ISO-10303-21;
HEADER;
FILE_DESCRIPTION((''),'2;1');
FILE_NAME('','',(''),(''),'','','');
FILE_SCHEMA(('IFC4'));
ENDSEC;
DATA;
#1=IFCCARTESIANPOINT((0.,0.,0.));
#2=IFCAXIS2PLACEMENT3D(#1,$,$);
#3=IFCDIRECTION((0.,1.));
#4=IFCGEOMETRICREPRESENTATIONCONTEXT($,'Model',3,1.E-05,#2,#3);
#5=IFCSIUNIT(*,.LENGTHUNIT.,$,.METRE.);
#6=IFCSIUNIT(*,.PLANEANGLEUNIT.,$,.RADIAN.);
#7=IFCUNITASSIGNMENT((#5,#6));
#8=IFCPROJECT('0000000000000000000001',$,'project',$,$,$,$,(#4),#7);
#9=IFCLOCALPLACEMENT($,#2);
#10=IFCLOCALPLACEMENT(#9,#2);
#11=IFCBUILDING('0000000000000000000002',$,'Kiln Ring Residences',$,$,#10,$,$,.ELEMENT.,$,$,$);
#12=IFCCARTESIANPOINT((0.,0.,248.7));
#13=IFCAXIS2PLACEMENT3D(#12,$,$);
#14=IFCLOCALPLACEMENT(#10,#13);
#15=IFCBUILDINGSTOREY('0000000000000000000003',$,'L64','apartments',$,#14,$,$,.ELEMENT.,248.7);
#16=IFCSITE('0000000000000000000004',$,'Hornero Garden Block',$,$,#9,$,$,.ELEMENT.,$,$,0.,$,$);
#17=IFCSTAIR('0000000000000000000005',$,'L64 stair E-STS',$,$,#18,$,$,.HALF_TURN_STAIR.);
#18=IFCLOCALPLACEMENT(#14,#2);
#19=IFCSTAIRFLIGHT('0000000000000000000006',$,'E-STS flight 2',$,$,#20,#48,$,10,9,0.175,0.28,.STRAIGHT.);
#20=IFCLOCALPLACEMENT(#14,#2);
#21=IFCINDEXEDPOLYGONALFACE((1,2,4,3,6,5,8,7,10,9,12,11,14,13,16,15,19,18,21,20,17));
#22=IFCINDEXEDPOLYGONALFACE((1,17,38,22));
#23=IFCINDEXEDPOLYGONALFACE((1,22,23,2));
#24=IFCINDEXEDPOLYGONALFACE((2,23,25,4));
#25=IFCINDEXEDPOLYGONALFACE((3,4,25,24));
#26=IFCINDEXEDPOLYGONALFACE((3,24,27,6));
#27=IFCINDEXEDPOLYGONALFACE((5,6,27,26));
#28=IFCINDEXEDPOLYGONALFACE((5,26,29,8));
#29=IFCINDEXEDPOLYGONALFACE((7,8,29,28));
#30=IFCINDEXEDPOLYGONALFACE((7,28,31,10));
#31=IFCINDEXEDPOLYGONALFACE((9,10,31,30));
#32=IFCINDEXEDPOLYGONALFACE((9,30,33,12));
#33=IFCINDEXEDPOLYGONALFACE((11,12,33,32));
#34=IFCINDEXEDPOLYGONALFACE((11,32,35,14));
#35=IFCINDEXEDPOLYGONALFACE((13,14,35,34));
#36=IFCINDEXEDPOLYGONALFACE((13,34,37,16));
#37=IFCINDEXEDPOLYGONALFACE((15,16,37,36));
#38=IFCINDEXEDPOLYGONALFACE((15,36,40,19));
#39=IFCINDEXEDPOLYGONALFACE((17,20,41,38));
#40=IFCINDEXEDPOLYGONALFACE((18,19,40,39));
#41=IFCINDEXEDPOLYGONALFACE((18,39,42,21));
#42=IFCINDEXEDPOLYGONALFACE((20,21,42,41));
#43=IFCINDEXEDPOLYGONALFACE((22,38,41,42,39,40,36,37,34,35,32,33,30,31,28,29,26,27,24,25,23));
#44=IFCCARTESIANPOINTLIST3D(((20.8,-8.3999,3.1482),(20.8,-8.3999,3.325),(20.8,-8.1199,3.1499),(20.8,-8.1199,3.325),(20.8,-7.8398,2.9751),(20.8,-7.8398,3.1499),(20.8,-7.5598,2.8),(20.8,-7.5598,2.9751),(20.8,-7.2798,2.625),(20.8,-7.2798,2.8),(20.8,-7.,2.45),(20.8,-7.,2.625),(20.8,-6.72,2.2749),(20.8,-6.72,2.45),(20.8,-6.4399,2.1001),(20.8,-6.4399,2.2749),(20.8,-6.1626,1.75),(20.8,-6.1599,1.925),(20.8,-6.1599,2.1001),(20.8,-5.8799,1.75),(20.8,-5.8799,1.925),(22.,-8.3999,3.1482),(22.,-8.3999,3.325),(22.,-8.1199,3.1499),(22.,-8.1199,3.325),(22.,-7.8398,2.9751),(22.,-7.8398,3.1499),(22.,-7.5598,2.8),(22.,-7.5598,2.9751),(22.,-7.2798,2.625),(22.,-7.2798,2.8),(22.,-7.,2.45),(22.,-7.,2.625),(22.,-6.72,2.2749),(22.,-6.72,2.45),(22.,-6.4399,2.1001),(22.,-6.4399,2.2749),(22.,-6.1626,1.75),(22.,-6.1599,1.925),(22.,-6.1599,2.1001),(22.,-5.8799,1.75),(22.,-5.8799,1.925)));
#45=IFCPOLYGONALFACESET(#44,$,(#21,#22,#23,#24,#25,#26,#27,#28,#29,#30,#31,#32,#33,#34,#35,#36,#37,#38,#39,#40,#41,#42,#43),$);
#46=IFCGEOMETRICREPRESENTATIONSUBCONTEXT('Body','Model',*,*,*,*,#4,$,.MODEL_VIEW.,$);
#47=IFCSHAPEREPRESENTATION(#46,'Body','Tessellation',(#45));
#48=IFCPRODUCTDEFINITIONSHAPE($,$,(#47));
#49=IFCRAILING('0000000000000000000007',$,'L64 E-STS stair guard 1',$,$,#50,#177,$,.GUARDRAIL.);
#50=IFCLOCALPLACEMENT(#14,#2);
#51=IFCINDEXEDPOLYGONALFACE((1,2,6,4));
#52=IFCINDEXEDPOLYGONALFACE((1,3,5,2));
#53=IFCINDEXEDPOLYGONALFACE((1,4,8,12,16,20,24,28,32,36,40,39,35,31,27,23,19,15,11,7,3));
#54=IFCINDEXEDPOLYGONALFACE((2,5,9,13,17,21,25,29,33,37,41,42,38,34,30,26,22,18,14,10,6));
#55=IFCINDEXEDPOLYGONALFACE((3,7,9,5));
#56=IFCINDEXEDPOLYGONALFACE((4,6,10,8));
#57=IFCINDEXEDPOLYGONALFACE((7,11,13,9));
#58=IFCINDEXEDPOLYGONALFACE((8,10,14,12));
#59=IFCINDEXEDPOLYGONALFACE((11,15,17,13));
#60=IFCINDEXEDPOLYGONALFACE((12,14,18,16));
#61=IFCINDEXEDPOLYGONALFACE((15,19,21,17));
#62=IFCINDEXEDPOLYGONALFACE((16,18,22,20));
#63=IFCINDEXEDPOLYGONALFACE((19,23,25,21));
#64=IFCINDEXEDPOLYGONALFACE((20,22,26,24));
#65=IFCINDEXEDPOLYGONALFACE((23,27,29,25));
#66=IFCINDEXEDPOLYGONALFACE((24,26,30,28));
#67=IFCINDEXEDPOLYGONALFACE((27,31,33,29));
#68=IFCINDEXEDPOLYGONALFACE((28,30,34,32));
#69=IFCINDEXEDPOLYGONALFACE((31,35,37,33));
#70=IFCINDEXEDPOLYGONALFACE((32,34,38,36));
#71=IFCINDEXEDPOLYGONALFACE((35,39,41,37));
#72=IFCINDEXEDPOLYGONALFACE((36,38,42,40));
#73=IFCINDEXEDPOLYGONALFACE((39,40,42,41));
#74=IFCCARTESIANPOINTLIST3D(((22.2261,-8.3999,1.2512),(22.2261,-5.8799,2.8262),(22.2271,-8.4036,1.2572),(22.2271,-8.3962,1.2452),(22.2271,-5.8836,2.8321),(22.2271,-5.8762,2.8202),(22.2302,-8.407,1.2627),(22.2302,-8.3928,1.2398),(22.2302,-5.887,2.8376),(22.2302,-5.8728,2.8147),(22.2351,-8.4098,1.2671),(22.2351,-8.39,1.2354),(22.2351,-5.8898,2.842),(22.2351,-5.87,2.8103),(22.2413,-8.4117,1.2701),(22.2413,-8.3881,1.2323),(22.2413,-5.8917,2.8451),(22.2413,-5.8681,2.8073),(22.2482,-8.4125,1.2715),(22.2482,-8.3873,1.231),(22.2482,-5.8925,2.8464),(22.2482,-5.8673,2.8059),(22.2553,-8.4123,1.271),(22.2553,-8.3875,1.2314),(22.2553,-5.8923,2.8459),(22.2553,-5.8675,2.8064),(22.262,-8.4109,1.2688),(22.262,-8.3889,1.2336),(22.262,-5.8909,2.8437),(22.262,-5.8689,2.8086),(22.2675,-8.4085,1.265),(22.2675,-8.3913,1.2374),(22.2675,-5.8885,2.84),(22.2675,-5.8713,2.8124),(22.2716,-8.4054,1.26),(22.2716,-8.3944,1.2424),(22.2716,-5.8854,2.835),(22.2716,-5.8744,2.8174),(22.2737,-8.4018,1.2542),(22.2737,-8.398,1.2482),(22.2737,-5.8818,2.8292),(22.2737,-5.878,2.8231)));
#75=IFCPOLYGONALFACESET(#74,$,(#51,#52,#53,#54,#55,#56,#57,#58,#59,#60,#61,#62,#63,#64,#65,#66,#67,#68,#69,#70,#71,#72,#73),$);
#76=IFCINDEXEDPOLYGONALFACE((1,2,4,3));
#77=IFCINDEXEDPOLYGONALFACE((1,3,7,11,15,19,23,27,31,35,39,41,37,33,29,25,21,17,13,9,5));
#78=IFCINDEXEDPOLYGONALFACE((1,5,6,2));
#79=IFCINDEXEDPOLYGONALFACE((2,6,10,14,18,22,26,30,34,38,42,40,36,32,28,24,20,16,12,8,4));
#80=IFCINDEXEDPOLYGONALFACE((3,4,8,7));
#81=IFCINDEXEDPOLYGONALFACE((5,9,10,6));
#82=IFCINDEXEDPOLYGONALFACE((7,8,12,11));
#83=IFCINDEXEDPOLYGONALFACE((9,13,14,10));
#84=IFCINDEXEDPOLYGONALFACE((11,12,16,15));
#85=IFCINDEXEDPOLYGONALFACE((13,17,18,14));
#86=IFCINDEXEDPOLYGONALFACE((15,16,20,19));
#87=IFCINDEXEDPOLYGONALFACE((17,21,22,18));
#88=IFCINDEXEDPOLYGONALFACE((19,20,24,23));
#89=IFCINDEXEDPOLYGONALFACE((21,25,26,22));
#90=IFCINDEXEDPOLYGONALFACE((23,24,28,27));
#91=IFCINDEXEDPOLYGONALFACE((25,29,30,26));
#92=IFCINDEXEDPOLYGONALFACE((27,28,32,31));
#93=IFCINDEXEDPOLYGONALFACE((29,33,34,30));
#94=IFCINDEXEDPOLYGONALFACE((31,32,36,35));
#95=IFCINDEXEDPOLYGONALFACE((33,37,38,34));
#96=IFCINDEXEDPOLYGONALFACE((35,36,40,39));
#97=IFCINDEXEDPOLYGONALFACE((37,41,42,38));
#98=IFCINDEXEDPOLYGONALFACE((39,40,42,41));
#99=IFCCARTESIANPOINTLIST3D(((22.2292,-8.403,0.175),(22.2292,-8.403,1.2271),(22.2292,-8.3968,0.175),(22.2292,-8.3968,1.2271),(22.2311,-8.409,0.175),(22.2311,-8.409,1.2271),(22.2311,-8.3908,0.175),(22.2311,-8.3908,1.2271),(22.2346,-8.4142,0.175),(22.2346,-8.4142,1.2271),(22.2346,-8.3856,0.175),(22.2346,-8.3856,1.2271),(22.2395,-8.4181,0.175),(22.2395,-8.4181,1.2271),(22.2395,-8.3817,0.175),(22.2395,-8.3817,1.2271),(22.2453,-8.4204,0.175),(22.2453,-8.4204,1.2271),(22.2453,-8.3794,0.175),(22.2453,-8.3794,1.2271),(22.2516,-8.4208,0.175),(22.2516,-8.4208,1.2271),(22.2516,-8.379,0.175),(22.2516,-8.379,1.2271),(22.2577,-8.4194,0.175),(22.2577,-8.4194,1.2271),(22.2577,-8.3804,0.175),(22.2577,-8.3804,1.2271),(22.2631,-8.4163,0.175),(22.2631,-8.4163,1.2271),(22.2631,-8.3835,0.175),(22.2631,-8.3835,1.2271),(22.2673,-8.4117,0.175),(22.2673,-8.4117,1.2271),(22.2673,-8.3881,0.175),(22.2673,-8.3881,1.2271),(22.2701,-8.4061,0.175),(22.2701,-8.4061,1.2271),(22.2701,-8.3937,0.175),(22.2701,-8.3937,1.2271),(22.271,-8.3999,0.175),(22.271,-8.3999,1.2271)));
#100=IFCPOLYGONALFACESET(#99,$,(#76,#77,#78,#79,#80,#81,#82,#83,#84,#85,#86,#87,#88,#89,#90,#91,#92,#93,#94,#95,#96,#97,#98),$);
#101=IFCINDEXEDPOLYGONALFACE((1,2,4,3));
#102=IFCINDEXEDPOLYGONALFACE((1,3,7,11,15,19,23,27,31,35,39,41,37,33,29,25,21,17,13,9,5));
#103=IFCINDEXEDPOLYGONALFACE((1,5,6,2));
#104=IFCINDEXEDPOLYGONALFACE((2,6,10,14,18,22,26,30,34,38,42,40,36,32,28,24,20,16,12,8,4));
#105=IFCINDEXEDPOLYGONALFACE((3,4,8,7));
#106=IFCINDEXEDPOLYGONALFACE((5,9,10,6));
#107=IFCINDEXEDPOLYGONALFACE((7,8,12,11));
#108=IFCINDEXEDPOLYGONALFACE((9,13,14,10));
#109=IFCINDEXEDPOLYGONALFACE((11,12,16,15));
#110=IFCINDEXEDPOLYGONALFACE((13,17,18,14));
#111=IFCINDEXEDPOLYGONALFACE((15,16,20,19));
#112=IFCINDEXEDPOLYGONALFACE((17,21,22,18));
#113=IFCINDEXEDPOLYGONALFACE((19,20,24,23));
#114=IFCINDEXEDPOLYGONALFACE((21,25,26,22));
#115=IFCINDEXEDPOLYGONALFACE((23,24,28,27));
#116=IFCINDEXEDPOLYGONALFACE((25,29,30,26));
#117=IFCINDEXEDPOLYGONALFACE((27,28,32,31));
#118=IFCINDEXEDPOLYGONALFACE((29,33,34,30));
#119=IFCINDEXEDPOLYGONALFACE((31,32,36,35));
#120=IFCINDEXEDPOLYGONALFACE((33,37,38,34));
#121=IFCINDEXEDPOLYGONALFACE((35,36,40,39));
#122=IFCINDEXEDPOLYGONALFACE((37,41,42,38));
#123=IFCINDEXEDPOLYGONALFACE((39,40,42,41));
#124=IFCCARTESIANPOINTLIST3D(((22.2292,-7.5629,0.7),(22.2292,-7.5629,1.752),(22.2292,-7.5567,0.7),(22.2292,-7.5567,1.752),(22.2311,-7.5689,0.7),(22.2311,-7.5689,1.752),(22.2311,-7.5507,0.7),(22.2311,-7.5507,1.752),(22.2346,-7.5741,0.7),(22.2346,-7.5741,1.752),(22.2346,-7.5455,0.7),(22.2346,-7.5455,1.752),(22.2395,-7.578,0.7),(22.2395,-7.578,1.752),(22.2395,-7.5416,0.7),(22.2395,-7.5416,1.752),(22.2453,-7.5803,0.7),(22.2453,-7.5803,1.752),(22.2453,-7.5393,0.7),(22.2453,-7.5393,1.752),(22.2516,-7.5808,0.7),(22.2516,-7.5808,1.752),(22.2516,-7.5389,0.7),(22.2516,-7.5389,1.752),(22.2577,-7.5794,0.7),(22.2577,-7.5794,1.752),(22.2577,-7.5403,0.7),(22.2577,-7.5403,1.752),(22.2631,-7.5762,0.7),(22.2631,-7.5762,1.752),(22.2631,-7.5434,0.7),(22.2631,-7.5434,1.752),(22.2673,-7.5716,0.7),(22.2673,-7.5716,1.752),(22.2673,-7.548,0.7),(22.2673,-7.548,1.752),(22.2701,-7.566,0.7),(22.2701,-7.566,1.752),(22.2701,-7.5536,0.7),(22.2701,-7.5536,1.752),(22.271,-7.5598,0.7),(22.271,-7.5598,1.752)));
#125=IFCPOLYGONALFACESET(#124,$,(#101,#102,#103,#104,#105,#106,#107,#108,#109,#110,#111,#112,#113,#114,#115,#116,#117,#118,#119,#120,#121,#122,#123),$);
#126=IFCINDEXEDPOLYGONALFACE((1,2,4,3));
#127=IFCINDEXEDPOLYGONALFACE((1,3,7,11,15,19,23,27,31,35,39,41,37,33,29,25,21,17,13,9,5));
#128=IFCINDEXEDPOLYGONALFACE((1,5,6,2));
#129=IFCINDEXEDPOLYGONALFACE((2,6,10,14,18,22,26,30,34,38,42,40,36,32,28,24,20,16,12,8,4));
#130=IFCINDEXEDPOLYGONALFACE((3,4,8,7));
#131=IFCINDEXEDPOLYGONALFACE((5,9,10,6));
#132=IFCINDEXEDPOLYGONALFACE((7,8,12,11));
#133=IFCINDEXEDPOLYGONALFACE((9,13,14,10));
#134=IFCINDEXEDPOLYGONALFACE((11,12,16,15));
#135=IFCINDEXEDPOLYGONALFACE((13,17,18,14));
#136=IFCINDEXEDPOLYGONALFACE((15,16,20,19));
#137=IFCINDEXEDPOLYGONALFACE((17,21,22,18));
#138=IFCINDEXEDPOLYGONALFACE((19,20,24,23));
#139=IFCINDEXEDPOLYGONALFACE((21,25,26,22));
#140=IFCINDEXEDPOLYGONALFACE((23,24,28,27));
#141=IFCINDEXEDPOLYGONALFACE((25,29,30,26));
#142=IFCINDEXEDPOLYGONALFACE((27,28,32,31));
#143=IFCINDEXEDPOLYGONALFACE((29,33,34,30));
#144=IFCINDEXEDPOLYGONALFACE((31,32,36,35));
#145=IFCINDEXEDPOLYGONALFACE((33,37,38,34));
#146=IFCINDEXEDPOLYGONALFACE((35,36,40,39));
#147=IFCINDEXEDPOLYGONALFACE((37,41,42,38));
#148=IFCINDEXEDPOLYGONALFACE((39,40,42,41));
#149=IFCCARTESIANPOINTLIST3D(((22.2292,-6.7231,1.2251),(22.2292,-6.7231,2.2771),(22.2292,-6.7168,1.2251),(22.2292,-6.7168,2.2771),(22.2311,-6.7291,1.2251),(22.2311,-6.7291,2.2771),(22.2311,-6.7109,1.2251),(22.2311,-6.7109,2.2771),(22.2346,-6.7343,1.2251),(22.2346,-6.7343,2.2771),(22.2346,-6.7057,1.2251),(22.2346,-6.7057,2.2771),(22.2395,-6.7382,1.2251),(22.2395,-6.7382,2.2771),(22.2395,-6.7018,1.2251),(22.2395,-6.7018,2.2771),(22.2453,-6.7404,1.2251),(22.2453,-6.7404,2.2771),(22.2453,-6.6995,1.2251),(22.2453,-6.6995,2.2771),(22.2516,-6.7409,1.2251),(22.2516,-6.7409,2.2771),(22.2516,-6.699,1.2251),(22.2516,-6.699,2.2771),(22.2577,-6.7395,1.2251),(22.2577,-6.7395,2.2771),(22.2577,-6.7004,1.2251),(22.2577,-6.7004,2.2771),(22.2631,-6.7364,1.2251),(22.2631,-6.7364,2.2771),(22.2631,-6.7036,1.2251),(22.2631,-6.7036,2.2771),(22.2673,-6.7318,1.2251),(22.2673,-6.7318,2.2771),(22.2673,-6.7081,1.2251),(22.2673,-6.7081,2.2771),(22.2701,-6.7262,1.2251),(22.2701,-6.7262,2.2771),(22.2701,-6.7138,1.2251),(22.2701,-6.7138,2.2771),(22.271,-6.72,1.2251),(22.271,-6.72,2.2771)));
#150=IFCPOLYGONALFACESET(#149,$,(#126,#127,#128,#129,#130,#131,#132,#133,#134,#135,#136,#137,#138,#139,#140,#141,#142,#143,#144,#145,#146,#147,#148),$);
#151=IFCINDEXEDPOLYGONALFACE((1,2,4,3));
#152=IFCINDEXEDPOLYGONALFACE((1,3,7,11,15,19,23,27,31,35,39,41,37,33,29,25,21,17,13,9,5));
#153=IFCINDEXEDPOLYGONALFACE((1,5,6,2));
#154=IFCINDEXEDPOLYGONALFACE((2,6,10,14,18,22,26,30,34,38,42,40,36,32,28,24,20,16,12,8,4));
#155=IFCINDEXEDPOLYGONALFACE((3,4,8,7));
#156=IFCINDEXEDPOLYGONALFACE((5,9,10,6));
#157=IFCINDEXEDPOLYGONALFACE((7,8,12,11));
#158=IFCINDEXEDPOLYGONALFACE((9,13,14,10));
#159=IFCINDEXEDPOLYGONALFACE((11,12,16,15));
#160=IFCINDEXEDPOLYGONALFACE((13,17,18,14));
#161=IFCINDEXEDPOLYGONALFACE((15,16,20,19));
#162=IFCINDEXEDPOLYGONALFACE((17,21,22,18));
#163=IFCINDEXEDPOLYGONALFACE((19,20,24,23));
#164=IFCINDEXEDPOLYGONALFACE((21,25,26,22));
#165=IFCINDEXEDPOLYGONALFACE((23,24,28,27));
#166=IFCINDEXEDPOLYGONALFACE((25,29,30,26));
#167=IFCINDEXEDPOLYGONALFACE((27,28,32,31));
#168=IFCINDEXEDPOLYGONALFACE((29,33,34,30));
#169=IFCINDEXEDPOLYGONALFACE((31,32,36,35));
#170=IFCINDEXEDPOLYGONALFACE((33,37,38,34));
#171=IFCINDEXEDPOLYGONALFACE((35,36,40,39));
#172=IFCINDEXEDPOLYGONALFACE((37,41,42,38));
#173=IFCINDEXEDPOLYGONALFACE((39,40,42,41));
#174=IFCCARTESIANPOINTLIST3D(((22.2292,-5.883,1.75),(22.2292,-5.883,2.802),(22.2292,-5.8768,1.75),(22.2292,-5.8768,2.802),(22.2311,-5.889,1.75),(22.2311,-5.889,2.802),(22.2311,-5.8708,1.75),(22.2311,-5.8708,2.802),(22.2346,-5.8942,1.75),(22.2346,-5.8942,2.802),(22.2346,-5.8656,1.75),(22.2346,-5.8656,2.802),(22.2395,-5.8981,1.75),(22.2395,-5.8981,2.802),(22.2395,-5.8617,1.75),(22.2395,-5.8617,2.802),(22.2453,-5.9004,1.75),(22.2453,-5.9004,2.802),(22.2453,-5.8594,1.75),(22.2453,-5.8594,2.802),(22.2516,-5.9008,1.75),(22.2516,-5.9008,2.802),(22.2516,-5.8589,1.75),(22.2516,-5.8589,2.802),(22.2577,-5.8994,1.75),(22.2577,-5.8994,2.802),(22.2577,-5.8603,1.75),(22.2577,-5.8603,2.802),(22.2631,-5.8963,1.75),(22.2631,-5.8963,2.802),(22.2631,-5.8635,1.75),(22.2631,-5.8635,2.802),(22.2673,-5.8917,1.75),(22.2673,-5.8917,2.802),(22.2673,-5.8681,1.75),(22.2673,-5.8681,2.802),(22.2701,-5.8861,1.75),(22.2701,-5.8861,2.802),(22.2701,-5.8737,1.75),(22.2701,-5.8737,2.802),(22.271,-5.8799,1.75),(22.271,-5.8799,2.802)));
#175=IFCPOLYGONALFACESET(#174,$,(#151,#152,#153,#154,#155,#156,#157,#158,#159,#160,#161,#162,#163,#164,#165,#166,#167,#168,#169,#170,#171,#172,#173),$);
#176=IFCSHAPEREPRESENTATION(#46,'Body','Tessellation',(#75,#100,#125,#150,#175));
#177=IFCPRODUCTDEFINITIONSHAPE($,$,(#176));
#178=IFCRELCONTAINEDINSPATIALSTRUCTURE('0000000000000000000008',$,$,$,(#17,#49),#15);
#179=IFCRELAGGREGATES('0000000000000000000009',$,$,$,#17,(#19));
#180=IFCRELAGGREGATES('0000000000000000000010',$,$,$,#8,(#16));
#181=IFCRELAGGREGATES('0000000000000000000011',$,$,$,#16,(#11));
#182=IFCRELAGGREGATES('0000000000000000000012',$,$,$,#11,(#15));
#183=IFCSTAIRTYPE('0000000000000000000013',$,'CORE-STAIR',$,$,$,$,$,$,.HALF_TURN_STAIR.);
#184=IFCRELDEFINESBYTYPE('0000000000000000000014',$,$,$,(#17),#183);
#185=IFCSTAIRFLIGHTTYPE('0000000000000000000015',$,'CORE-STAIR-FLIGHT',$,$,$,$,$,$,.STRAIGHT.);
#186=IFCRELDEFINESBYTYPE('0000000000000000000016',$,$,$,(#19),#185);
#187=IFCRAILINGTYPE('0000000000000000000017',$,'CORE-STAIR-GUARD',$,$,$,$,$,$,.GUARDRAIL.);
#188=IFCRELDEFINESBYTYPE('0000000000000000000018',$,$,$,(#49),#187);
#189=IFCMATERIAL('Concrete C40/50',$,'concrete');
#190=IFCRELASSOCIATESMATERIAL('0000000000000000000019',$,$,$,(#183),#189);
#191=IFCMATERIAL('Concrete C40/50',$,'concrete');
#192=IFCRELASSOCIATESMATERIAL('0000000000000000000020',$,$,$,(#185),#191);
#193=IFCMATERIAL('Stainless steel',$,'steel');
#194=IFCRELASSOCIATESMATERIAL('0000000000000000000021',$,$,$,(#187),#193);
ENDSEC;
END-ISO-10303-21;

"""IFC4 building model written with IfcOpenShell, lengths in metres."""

from ifc_helpers import new_model, si_unit, direction, frame, origin, origin_2d, place, context, subcontext, project, spatial, polyline, circle, outline, extrude, material, type_object, element, aggregate, save


model = new_model("IFC4")

# Units and contexts
model_context = context("Model", 3, precision=1e-05, world=origin(), true_north=direction((0.0, 1.0)))
body_context = subcontext(model_context, "Body", "Model", "MODEL_VIEW")
ifc_project = project(units=[si_unit("LENGTHUNIT", "METRE"), si_unit("PLANEANGLEUNIT", "RADIAN")], contexts=[model_context])

# Site, building, storey
site_placement = place(None, origin())
site = spatial("IfcSite", under=ifc_project, at=site_placement, Name="Hornero Garden Block", CompositionType="ELEMENT", RefElevation=0.0)
building_placement = place(site_placement, origin())
building = spatial("IfcBuilding", under=site, at=building_placement, Name="Kiln Ring Residences", CompositionType="ELEMENT")
storey_placement = place(building_placement, frame((0.0, 0.0, 248.7)))
storey = spatial("IfcBuildingStorey", under=building, at=storey_placement, Name="L64", Description="apartments", CompositionType="ELEMENT", Elevation=248.7)

# Stair, stair flight
ifc_material_1 = material(Name="Concrete C40/50", Category="concrete")
stair_type = type_object("IfcStairType", Name="CORE-STAIR", PredefinedType="HALF_TURN_STAIR", material=ifc_material_1)
stair_placement = place(storey_placement, origin())
stair = element("IfcStair", 1, at=stair_placement, inside=storey, type_object=stair_type, Name="L64 stair E-STS", PredefinedType="HALF_TURN_STAIR")
ifc_material_2 = material(Name="Concrete C40/50", Category="concrete")
stair_flight_type = type_object("IfcStairFlightType", Name="CORE-STAIR-FLIGHT", PredefinedType="STRAIGHT", material=ifc_material_2)
stair_flight_1_placement = place(storey_placement, frame((21.3999, -5.8799, 1.75), z_axis=(0.0, 0.0, 1.0), x_axis=(0.0, -1.0, 0.0)))
stair_flight_1 = element("IfcStairFlight", 2, at=stair_flight_1_placement, type_object=stair_flight_type, Name="E-STS flight 2", NumberOfRisers=10, NumberOfTreads=9, PredefinedType="STRAIGHT", RiserHeight=0.175, TreadLength=0.28, context=body_context, shape_type="SweptSolid", body=[
    extrude(outline(polyline([(0.0, 0.0), (0.0, 0.175), (0.28, 0.175), (0.28, 0.3501), (0.5601, 0.3501), (0.5601, 0.5249), (0.8401, 0.5249), (0.8401, 0.7), (1.1201, 0.7), (1.1201, 0.875), (1.3999, 0.875), (1.3999, 1.05), (1.6799, 1.05), (1.6799, 1.2251), (1.96, 1.2251), (1.96, 1.3999), (2.24, 1.3999), (2.24, 1.575), (2.52, 1.575), (2.52, 1.75), (2.52, 1.3982), (0.2827, 0.0), (0.0, 0.0)])), frame((0.0, 0.6001, 0.0), z_axis=(0.0, -1.0, 0.0), x_axis=(1.0, 0.0, 0.0)), (0.0, 0.0, 1.0), 1.2),
])
aggregate(stair, [stair_flight_1])

# Railing
ifc_material_3 = material(Name="Stainless steel", Category="steel")
railing_type_1 = type_object("IfcRailingType", Name="CORE-STAIR-GUARD", PredefinedType="GUARDRAIL", material=ifc_material_3)
railing_1_placement = place(storey_placement, frame((22.25, -8.3999, 0.175)))
element("IfcRailing", 3, at=railing_1_placement, inside=storey, type_object=railing_type_1, Name="L64 E-STS stair guard 1", PredefinedType="GUARDRAIL", context=body_context, shape_type="SweptSolid", body=[
    extrude(circle(Radius=0.0239, at=origin_2d()), frame((0.0, 0.0, 1.0762), z_axis=(0.0, 0.848008, 0.529984), x_axis=(-1.0, 0.0, 0.0)), (0.0, 0.0, 1.0), 2.9717),
    extrude(circle(Radius=0.021, at=origin_2d()), origin(), (0.0, 0.0, 1.0), 1.052),
    extrude(circle(Radius=0.021, at=origin_2d()), frame((0.0, 0.8401, 0.5249)), (0.0, 0.0, 1.0), 1.052),
    extrude(circle(Radius=0.021, at=origin_2d()), frame((0.0, 1.6799, 1.05)), (0.0, 0.0, 1.0), 1.052),
    extrude(circle(Radius=0.021, at=origin_2d()), frame((0.0, 2.52, 1.575)), (0.0, 0.0, 1.0), 1.052),
])

save(model, "model.ifc")
